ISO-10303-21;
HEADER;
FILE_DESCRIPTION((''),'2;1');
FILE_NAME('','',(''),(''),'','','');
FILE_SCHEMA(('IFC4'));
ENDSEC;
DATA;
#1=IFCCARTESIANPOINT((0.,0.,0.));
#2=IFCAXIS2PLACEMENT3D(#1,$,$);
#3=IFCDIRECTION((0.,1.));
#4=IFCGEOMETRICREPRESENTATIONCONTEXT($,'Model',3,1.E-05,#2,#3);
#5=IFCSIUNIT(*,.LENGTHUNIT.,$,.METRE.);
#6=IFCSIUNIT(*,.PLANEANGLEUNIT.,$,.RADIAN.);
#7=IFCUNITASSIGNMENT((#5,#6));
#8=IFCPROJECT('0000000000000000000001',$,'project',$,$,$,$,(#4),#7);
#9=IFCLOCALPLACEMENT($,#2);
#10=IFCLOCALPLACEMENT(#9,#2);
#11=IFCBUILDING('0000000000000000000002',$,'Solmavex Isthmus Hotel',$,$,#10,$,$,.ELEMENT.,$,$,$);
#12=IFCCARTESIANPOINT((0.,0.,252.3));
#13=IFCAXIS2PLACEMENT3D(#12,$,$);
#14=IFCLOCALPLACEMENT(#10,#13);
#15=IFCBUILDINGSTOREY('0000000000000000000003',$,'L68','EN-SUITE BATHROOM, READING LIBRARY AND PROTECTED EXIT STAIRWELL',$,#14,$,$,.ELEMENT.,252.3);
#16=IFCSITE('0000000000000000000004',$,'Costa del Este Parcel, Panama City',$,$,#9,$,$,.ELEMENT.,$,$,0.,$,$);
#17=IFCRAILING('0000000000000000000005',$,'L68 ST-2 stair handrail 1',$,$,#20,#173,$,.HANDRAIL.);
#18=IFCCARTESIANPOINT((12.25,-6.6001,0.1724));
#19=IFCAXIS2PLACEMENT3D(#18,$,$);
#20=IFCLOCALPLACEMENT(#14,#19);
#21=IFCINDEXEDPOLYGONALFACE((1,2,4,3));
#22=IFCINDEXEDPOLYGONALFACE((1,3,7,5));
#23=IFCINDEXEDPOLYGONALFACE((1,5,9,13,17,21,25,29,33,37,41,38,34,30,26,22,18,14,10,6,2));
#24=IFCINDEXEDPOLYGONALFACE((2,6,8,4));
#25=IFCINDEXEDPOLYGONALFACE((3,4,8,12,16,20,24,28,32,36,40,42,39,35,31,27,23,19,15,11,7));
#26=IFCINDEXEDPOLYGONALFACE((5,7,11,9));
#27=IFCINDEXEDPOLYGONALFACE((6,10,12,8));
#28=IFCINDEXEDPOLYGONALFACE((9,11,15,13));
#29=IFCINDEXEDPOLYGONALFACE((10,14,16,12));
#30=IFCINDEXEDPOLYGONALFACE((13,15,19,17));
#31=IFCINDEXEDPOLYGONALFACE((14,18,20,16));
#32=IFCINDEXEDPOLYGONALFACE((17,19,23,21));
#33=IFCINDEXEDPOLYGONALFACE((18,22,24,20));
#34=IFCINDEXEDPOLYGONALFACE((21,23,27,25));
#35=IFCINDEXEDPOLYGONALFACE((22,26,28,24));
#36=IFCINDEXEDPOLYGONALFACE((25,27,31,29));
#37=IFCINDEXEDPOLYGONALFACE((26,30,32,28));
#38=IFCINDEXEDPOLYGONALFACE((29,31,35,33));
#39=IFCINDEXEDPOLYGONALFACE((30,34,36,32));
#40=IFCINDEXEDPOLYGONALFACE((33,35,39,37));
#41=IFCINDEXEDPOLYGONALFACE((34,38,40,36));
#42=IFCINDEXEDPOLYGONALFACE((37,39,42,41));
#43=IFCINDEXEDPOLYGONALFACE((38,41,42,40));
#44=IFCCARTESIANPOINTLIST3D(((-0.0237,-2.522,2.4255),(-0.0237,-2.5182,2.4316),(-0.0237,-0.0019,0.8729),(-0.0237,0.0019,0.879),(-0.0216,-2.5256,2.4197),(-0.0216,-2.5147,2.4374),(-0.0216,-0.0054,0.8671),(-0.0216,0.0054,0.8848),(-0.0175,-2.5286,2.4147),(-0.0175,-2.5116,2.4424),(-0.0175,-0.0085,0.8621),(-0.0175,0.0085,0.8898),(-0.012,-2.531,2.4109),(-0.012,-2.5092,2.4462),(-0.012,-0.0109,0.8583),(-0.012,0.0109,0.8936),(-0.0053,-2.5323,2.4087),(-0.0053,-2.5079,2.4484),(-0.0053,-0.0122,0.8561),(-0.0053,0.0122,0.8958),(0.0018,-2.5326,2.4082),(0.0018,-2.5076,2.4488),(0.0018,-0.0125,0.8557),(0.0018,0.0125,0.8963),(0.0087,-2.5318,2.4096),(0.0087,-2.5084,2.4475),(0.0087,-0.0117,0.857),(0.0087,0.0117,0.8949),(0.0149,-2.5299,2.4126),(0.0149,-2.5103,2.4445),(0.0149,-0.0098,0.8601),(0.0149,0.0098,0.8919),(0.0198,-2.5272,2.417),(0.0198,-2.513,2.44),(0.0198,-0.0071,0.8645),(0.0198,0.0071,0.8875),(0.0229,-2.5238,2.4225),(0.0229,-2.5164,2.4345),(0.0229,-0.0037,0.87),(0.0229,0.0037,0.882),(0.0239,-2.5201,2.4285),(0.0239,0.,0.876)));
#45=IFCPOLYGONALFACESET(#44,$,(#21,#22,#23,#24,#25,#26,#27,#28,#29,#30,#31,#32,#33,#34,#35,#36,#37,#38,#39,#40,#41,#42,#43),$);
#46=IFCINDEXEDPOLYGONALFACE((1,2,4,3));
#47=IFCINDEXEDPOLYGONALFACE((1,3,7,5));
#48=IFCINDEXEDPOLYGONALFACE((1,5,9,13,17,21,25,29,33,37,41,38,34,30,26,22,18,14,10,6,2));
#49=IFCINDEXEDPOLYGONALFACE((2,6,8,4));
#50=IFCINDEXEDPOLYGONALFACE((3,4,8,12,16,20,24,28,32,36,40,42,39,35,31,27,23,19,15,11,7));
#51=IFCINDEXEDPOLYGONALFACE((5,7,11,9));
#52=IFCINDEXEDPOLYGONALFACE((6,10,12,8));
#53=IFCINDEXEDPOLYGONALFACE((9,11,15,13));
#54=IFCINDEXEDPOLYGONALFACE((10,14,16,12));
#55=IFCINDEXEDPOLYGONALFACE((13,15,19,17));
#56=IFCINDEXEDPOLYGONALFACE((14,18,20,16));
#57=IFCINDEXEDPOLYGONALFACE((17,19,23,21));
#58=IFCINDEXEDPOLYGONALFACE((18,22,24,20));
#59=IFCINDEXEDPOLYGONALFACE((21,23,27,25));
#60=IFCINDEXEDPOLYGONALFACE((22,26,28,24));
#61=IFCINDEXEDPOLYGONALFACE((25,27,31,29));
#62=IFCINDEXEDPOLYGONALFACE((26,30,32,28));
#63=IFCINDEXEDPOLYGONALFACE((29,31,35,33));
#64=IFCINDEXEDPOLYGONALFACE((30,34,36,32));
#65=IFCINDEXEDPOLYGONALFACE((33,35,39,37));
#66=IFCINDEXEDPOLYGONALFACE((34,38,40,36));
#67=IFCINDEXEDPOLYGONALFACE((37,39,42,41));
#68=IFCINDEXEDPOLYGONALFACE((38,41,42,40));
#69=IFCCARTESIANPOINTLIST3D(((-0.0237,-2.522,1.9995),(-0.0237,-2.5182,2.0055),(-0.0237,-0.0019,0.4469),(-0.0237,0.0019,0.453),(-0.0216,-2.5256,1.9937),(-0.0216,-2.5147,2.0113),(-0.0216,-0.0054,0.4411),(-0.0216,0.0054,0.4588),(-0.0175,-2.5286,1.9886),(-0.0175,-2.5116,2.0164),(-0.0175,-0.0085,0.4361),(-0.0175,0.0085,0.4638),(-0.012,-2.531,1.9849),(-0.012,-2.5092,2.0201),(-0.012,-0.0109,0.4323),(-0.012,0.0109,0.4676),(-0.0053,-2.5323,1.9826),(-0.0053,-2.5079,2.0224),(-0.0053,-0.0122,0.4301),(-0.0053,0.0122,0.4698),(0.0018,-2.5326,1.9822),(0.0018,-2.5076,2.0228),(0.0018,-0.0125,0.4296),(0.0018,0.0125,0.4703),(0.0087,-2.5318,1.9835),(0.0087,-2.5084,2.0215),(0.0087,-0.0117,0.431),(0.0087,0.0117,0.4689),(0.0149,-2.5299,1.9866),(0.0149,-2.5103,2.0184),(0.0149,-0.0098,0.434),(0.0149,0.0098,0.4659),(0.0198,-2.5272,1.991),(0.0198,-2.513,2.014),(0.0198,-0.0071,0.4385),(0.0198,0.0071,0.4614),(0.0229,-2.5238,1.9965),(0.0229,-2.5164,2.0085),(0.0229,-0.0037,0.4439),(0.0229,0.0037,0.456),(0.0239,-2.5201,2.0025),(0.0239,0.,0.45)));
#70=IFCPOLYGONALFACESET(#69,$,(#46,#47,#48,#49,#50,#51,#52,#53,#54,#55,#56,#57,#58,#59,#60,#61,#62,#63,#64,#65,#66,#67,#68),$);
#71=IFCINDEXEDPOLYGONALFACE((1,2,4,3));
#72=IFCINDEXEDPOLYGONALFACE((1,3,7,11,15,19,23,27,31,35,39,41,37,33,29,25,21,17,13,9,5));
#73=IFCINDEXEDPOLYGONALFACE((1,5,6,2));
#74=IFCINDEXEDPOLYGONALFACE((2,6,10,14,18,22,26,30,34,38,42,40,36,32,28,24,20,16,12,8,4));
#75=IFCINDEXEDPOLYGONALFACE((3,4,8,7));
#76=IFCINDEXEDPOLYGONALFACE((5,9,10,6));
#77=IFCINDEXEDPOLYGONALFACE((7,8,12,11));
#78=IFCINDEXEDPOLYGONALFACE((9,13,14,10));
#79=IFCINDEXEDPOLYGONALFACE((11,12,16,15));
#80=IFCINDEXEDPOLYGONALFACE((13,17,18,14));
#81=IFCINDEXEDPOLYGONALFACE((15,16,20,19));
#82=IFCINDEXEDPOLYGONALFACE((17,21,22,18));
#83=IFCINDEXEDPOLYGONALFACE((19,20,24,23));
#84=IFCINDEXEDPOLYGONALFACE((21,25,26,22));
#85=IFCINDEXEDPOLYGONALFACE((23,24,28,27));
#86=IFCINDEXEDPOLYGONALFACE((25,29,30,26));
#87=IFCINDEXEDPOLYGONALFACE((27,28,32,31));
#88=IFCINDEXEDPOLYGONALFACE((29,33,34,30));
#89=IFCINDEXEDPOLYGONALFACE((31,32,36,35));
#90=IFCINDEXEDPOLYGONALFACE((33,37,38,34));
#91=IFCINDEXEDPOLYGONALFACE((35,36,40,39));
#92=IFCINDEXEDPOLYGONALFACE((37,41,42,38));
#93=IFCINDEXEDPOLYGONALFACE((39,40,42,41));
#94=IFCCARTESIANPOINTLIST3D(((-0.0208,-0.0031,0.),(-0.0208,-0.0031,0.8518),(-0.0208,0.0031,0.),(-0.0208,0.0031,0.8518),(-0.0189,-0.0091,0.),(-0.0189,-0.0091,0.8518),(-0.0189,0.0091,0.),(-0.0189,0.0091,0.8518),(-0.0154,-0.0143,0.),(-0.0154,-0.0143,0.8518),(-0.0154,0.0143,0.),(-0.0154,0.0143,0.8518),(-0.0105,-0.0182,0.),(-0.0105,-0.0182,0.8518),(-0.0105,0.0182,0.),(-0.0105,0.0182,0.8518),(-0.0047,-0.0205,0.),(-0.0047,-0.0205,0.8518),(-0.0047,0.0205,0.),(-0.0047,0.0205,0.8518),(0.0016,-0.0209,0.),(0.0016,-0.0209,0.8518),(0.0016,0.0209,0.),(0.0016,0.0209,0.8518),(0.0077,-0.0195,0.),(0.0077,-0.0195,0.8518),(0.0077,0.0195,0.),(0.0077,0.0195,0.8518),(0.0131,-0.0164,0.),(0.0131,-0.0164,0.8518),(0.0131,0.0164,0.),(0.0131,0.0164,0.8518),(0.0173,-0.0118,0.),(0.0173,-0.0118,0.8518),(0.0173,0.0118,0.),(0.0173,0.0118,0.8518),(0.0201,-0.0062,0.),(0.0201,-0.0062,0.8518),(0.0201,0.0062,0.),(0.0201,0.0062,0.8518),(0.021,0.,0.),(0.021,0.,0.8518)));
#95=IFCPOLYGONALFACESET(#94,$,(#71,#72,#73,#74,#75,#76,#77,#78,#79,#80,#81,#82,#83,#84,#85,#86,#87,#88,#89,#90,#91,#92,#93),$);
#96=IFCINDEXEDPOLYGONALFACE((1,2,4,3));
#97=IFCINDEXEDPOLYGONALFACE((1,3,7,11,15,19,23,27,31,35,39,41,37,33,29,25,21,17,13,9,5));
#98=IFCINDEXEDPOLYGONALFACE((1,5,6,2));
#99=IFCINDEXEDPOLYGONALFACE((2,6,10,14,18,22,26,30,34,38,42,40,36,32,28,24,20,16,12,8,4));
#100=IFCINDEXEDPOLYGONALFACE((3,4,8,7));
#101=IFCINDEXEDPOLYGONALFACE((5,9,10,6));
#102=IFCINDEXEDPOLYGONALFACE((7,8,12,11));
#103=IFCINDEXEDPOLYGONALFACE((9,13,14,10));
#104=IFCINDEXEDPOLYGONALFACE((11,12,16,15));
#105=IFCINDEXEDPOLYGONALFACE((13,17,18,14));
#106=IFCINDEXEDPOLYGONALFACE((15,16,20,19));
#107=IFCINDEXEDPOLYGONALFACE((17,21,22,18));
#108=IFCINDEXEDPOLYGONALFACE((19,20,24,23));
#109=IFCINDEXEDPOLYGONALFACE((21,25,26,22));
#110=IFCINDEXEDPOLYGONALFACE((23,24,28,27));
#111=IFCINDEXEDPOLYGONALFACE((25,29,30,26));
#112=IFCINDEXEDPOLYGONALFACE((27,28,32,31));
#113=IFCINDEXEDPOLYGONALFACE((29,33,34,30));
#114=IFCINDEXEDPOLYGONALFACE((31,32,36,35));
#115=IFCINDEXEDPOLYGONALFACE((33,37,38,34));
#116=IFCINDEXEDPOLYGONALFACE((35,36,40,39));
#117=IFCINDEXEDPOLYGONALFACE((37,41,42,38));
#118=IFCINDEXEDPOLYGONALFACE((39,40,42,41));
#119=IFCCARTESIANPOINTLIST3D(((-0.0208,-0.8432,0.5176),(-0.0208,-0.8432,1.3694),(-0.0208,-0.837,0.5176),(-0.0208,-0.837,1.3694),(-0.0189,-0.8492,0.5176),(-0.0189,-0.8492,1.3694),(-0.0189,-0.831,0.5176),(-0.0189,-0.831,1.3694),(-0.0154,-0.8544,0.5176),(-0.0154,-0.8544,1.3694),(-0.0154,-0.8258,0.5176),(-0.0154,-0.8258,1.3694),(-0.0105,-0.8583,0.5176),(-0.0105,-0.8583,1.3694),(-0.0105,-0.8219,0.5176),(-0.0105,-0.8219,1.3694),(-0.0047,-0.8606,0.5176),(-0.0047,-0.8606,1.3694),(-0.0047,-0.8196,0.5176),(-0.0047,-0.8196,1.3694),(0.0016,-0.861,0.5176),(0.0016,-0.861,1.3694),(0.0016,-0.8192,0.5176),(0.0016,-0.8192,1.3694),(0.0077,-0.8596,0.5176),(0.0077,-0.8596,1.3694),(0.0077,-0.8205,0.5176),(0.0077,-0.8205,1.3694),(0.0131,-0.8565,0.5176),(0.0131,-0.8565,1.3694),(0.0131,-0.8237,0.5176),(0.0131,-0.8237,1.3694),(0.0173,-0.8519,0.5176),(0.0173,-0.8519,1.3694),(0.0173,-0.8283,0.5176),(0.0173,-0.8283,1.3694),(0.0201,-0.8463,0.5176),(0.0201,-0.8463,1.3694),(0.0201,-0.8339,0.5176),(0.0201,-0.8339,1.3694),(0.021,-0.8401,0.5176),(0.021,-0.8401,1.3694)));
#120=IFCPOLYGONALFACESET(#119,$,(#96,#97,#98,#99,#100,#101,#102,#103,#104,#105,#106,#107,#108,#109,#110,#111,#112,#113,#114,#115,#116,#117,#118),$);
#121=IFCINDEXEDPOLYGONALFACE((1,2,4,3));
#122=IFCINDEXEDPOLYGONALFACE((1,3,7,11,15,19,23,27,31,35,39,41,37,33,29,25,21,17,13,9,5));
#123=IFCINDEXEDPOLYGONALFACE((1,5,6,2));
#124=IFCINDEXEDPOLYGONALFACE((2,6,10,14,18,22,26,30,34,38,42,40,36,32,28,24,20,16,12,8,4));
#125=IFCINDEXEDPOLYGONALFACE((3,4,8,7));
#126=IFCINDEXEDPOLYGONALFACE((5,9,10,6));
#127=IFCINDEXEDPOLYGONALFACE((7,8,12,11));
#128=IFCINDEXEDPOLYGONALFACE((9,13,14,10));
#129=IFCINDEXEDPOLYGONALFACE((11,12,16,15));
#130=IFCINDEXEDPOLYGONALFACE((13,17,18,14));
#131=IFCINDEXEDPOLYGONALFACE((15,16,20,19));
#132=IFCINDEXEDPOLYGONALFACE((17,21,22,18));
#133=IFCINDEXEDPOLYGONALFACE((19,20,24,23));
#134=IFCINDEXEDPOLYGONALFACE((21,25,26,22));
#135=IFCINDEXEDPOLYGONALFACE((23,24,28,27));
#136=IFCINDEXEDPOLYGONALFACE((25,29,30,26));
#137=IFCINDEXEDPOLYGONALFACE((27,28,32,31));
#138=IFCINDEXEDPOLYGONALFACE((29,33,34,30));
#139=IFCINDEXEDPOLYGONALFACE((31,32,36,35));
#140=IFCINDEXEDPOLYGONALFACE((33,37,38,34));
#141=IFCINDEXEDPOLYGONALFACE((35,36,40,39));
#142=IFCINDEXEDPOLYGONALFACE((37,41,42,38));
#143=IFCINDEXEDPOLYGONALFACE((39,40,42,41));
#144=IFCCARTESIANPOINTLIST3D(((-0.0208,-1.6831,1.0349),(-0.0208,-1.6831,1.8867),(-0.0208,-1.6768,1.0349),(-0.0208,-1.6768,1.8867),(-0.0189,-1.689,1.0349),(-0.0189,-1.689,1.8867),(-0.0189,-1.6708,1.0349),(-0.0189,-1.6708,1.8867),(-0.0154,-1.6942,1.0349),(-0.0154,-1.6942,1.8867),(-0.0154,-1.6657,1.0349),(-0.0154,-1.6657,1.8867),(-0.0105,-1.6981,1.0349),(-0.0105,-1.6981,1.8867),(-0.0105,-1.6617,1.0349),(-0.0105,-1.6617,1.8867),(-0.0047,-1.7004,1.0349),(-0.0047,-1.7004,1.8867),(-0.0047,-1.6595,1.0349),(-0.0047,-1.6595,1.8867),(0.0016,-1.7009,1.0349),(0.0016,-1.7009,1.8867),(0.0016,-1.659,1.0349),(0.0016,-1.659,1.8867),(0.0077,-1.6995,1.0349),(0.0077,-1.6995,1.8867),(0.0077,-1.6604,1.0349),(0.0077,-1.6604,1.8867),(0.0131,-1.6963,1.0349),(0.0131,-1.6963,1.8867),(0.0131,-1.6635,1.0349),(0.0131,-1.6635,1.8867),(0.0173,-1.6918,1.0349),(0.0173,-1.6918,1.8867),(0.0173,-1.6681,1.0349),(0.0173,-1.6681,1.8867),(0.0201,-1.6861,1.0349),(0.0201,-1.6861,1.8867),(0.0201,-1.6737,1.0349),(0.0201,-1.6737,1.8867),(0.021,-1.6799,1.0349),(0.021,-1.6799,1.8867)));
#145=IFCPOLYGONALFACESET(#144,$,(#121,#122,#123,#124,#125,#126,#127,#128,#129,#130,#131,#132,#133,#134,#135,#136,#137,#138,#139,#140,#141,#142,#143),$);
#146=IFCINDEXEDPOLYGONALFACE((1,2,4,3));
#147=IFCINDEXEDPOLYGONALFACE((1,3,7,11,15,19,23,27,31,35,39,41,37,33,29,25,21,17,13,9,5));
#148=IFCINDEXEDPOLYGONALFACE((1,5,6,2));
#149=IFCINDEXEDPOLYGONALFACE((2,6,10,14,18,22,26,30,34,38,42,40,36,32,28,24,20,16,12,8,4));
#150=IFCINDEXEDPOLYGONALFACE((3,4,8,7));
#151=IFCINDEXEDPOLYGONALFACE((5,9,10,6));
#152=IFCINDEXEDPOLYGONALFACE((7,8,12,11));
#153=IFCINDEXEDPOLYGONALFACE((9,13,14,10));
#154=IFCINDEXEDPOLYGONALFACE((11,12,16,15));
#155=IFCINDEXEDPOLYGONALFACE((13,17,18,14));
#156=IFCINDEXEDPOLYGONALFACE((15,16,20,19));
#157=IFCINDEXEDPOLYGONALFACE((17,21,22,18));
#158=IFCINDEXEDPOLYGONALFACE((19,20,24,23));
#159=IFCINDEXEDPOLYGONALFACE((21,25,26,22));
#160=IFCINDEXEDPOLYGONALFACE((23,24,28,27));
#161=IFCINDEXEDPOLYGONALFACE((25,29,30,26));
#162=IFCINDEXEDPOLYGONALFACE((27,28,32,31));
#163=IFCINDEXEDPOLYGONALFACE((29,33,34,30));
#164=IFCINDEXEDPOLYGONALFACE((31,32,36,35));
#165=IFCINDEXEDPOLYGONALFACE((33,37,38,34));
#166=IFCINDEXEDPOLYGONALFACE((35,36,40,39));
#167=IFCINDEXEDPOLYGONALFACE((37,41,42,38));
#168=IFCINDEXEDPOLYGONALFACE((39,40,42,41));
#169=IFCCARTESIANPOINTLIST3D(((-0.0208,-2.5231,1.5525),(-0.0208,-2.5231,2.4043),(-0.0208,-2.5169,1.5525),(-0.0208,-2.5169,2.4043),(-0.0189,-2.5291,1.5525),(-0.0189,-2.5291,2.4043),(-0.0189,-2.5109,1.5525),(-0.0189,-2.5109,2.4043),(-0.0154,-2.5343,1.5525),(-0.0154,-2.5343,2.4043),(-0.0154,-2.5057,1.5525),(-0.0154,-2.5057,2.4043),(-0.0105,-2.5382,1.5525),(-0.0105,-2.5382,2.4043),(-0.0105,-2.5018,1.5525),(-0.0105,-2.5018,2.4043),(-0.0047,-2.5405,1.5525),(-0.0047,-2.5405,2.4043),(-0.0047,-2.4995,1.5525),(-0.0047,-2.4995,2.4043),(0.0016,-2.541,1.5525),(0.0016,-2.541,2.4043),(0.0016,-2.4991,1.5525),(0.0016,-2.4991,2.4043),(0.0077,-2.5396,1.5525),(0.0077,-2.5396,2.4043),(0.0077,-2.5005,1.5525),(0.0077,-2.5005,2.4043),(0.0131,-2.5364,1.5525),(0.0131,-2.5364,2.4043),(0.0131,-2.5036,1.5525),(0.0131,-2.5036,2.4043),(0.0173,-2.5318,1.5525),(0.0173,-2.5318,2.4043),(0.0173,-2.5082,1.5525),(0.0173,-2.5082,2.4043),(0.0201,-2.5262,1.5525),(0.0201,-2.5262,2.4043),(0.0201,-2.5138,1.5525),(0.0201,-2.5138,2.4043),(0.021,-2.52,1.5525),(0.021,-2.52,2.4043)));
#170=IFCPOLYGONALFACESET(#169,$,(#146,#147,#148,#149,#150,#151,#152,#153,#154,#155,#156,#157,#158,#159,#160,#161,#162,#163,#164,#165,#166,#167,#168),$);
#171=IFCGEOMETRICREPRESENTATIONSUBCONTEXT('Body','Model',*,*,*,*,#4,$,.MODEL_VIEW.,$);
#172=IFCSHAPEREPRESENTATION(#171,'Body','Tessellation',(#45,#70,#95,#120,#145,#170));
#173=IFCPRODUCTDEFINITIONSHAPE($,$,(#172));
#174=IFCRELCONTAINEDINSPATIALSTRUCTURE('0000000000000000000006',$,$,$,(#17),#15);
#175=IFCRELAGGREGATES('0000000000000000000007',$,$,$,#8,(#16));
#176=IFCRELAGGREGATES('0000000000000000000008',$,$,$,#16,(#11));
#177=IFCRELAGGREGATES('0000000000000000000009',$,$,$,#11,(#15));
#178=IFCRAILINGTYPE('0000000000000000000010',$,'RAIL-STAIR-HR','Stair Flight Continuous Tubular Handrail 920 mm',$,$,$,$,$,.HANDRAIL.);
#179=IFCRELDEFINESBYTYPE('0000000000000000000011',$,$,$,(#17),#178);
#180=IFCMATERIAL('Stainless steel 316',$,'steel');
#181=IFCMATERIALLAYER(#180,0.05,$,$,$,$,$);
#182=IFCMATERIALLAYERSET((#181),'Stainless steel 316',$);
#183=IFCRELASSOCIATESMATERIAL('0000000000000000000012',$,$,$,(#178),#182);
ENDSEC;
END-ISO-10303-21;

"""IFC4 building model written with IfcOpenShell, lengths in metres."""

from ifc_helpers import new_model, si_unit, direction, frame, origin, origin_2d, place, context, subcontext, project, spatial, circle, extrude, material, layer, layer_set, type_object, element, save


model = new_model("IFC4")

# Units and contexts
model_context = context("Model", 3, precision=1e-05, world=origin(), true_north=direction((0.0, 1.0)))
body_context = subcontext(model_context, "Body", "Model", "MODEL_VIEW")
ifc_project = project(units=[si_unit("LENGTHUNIT", "METRE"), si_unit("PLANEANGLEUNIT", "RADIAN")], contexts=[model_context])

# Site, building, storey
site_placement = place(None, origin())
site = spatial("IfcSite", under=ifc_project, at=site_placement, Name="Costa del Este Parcel, Panama City", CompositionType="ELEMENT", RefElevation=0.0)
building_placement = place(site_placement, origin())
building = spatial("IfcBuilding", under=site, at=building_placement, Name="Solmavex Isthmus Hotel", CompositionType="ELEMENT")
storey_placement = place(building_placement, frame((0.0, 0.0, 252.3)))
storey = spatial("IfcBuildingStorey", under=building, at=storey_placement, Name="L68", Description="EN-SUITE BATHROOM, READING LIBRARY AND PROTECTED EXIT STAIRWELL", CompositionType="ELEMENT", Elevation=252.3)

# Shared definitions
ifc_material_1 = material(Name="Stainless steel 316", Category="steel")

# Railing
ifc_layer_1 = layer(ifc_material_1, 0.05)
ifc_layer_set_1 = layer_set([ifc_layer_1], Name="Stainless steel 316")
railing_type_1 = type_object("IfcRailingType", Name="RAIL-STAIR-HR", Description="Stair Flight Continuous Tubular Handrail 920 mm", PredefinedType="HANDRAIL", material=ifc_layer_set_1)
railing_1_placement = place(storey_placement, frame((12.25, -6.6001, 0.1724)))
element("IfcRailing", 1, at=railing_1_placement, inside=storey, type_object=railing_type_1, Name="L68 ST-2 stair handrail 1", PredefinedType="HANDRAIL", context=body_context, shape_type="SweptSolid", body=[
    extrude(circle(Radius=0.0239, at=origin_2d()), frame((0.0, 0.0, 0.876), z_axis=(0.0, -0.8514, 0.524516), x_axis=(1.0, 0.0, 0.0)), (0.0, 0.0, 1.0), 2.96),
    extrude(circle(Radius=0.0239, at=origin_2d()), frame((0.0, 0.0, 0.45), z_axis=(0.0, -0.8514, 0.524516), x_axis=(1.0, 0.0, 0.0)), (0.0, 0.0, 1.0), 2.96),
    extrude(circle(Radius=0.021, at=origin_2d()), origin(), (0.0, 0.0, 1.0), 0.8518),
    extrude(circle(Radius=0.021, at=origin_2d()), frame((0.0, -0.8401, 0.5176)), (0.0, 0.0, 1.0), 0.8518),
    extrude(circle(Radius=0.021, at=origin_2d()), frame((0.0, -1.6799, 1.0349)), (0.0, 0.0, 1.0), 0.8518),
    extrude(circle(Radius=0.021, at=origin_2d()), frame((0.0, -2.52, 1.5525)), (0.0, 0.0, 1.0), 0.8518),
])

save(model, "model.ifc")
